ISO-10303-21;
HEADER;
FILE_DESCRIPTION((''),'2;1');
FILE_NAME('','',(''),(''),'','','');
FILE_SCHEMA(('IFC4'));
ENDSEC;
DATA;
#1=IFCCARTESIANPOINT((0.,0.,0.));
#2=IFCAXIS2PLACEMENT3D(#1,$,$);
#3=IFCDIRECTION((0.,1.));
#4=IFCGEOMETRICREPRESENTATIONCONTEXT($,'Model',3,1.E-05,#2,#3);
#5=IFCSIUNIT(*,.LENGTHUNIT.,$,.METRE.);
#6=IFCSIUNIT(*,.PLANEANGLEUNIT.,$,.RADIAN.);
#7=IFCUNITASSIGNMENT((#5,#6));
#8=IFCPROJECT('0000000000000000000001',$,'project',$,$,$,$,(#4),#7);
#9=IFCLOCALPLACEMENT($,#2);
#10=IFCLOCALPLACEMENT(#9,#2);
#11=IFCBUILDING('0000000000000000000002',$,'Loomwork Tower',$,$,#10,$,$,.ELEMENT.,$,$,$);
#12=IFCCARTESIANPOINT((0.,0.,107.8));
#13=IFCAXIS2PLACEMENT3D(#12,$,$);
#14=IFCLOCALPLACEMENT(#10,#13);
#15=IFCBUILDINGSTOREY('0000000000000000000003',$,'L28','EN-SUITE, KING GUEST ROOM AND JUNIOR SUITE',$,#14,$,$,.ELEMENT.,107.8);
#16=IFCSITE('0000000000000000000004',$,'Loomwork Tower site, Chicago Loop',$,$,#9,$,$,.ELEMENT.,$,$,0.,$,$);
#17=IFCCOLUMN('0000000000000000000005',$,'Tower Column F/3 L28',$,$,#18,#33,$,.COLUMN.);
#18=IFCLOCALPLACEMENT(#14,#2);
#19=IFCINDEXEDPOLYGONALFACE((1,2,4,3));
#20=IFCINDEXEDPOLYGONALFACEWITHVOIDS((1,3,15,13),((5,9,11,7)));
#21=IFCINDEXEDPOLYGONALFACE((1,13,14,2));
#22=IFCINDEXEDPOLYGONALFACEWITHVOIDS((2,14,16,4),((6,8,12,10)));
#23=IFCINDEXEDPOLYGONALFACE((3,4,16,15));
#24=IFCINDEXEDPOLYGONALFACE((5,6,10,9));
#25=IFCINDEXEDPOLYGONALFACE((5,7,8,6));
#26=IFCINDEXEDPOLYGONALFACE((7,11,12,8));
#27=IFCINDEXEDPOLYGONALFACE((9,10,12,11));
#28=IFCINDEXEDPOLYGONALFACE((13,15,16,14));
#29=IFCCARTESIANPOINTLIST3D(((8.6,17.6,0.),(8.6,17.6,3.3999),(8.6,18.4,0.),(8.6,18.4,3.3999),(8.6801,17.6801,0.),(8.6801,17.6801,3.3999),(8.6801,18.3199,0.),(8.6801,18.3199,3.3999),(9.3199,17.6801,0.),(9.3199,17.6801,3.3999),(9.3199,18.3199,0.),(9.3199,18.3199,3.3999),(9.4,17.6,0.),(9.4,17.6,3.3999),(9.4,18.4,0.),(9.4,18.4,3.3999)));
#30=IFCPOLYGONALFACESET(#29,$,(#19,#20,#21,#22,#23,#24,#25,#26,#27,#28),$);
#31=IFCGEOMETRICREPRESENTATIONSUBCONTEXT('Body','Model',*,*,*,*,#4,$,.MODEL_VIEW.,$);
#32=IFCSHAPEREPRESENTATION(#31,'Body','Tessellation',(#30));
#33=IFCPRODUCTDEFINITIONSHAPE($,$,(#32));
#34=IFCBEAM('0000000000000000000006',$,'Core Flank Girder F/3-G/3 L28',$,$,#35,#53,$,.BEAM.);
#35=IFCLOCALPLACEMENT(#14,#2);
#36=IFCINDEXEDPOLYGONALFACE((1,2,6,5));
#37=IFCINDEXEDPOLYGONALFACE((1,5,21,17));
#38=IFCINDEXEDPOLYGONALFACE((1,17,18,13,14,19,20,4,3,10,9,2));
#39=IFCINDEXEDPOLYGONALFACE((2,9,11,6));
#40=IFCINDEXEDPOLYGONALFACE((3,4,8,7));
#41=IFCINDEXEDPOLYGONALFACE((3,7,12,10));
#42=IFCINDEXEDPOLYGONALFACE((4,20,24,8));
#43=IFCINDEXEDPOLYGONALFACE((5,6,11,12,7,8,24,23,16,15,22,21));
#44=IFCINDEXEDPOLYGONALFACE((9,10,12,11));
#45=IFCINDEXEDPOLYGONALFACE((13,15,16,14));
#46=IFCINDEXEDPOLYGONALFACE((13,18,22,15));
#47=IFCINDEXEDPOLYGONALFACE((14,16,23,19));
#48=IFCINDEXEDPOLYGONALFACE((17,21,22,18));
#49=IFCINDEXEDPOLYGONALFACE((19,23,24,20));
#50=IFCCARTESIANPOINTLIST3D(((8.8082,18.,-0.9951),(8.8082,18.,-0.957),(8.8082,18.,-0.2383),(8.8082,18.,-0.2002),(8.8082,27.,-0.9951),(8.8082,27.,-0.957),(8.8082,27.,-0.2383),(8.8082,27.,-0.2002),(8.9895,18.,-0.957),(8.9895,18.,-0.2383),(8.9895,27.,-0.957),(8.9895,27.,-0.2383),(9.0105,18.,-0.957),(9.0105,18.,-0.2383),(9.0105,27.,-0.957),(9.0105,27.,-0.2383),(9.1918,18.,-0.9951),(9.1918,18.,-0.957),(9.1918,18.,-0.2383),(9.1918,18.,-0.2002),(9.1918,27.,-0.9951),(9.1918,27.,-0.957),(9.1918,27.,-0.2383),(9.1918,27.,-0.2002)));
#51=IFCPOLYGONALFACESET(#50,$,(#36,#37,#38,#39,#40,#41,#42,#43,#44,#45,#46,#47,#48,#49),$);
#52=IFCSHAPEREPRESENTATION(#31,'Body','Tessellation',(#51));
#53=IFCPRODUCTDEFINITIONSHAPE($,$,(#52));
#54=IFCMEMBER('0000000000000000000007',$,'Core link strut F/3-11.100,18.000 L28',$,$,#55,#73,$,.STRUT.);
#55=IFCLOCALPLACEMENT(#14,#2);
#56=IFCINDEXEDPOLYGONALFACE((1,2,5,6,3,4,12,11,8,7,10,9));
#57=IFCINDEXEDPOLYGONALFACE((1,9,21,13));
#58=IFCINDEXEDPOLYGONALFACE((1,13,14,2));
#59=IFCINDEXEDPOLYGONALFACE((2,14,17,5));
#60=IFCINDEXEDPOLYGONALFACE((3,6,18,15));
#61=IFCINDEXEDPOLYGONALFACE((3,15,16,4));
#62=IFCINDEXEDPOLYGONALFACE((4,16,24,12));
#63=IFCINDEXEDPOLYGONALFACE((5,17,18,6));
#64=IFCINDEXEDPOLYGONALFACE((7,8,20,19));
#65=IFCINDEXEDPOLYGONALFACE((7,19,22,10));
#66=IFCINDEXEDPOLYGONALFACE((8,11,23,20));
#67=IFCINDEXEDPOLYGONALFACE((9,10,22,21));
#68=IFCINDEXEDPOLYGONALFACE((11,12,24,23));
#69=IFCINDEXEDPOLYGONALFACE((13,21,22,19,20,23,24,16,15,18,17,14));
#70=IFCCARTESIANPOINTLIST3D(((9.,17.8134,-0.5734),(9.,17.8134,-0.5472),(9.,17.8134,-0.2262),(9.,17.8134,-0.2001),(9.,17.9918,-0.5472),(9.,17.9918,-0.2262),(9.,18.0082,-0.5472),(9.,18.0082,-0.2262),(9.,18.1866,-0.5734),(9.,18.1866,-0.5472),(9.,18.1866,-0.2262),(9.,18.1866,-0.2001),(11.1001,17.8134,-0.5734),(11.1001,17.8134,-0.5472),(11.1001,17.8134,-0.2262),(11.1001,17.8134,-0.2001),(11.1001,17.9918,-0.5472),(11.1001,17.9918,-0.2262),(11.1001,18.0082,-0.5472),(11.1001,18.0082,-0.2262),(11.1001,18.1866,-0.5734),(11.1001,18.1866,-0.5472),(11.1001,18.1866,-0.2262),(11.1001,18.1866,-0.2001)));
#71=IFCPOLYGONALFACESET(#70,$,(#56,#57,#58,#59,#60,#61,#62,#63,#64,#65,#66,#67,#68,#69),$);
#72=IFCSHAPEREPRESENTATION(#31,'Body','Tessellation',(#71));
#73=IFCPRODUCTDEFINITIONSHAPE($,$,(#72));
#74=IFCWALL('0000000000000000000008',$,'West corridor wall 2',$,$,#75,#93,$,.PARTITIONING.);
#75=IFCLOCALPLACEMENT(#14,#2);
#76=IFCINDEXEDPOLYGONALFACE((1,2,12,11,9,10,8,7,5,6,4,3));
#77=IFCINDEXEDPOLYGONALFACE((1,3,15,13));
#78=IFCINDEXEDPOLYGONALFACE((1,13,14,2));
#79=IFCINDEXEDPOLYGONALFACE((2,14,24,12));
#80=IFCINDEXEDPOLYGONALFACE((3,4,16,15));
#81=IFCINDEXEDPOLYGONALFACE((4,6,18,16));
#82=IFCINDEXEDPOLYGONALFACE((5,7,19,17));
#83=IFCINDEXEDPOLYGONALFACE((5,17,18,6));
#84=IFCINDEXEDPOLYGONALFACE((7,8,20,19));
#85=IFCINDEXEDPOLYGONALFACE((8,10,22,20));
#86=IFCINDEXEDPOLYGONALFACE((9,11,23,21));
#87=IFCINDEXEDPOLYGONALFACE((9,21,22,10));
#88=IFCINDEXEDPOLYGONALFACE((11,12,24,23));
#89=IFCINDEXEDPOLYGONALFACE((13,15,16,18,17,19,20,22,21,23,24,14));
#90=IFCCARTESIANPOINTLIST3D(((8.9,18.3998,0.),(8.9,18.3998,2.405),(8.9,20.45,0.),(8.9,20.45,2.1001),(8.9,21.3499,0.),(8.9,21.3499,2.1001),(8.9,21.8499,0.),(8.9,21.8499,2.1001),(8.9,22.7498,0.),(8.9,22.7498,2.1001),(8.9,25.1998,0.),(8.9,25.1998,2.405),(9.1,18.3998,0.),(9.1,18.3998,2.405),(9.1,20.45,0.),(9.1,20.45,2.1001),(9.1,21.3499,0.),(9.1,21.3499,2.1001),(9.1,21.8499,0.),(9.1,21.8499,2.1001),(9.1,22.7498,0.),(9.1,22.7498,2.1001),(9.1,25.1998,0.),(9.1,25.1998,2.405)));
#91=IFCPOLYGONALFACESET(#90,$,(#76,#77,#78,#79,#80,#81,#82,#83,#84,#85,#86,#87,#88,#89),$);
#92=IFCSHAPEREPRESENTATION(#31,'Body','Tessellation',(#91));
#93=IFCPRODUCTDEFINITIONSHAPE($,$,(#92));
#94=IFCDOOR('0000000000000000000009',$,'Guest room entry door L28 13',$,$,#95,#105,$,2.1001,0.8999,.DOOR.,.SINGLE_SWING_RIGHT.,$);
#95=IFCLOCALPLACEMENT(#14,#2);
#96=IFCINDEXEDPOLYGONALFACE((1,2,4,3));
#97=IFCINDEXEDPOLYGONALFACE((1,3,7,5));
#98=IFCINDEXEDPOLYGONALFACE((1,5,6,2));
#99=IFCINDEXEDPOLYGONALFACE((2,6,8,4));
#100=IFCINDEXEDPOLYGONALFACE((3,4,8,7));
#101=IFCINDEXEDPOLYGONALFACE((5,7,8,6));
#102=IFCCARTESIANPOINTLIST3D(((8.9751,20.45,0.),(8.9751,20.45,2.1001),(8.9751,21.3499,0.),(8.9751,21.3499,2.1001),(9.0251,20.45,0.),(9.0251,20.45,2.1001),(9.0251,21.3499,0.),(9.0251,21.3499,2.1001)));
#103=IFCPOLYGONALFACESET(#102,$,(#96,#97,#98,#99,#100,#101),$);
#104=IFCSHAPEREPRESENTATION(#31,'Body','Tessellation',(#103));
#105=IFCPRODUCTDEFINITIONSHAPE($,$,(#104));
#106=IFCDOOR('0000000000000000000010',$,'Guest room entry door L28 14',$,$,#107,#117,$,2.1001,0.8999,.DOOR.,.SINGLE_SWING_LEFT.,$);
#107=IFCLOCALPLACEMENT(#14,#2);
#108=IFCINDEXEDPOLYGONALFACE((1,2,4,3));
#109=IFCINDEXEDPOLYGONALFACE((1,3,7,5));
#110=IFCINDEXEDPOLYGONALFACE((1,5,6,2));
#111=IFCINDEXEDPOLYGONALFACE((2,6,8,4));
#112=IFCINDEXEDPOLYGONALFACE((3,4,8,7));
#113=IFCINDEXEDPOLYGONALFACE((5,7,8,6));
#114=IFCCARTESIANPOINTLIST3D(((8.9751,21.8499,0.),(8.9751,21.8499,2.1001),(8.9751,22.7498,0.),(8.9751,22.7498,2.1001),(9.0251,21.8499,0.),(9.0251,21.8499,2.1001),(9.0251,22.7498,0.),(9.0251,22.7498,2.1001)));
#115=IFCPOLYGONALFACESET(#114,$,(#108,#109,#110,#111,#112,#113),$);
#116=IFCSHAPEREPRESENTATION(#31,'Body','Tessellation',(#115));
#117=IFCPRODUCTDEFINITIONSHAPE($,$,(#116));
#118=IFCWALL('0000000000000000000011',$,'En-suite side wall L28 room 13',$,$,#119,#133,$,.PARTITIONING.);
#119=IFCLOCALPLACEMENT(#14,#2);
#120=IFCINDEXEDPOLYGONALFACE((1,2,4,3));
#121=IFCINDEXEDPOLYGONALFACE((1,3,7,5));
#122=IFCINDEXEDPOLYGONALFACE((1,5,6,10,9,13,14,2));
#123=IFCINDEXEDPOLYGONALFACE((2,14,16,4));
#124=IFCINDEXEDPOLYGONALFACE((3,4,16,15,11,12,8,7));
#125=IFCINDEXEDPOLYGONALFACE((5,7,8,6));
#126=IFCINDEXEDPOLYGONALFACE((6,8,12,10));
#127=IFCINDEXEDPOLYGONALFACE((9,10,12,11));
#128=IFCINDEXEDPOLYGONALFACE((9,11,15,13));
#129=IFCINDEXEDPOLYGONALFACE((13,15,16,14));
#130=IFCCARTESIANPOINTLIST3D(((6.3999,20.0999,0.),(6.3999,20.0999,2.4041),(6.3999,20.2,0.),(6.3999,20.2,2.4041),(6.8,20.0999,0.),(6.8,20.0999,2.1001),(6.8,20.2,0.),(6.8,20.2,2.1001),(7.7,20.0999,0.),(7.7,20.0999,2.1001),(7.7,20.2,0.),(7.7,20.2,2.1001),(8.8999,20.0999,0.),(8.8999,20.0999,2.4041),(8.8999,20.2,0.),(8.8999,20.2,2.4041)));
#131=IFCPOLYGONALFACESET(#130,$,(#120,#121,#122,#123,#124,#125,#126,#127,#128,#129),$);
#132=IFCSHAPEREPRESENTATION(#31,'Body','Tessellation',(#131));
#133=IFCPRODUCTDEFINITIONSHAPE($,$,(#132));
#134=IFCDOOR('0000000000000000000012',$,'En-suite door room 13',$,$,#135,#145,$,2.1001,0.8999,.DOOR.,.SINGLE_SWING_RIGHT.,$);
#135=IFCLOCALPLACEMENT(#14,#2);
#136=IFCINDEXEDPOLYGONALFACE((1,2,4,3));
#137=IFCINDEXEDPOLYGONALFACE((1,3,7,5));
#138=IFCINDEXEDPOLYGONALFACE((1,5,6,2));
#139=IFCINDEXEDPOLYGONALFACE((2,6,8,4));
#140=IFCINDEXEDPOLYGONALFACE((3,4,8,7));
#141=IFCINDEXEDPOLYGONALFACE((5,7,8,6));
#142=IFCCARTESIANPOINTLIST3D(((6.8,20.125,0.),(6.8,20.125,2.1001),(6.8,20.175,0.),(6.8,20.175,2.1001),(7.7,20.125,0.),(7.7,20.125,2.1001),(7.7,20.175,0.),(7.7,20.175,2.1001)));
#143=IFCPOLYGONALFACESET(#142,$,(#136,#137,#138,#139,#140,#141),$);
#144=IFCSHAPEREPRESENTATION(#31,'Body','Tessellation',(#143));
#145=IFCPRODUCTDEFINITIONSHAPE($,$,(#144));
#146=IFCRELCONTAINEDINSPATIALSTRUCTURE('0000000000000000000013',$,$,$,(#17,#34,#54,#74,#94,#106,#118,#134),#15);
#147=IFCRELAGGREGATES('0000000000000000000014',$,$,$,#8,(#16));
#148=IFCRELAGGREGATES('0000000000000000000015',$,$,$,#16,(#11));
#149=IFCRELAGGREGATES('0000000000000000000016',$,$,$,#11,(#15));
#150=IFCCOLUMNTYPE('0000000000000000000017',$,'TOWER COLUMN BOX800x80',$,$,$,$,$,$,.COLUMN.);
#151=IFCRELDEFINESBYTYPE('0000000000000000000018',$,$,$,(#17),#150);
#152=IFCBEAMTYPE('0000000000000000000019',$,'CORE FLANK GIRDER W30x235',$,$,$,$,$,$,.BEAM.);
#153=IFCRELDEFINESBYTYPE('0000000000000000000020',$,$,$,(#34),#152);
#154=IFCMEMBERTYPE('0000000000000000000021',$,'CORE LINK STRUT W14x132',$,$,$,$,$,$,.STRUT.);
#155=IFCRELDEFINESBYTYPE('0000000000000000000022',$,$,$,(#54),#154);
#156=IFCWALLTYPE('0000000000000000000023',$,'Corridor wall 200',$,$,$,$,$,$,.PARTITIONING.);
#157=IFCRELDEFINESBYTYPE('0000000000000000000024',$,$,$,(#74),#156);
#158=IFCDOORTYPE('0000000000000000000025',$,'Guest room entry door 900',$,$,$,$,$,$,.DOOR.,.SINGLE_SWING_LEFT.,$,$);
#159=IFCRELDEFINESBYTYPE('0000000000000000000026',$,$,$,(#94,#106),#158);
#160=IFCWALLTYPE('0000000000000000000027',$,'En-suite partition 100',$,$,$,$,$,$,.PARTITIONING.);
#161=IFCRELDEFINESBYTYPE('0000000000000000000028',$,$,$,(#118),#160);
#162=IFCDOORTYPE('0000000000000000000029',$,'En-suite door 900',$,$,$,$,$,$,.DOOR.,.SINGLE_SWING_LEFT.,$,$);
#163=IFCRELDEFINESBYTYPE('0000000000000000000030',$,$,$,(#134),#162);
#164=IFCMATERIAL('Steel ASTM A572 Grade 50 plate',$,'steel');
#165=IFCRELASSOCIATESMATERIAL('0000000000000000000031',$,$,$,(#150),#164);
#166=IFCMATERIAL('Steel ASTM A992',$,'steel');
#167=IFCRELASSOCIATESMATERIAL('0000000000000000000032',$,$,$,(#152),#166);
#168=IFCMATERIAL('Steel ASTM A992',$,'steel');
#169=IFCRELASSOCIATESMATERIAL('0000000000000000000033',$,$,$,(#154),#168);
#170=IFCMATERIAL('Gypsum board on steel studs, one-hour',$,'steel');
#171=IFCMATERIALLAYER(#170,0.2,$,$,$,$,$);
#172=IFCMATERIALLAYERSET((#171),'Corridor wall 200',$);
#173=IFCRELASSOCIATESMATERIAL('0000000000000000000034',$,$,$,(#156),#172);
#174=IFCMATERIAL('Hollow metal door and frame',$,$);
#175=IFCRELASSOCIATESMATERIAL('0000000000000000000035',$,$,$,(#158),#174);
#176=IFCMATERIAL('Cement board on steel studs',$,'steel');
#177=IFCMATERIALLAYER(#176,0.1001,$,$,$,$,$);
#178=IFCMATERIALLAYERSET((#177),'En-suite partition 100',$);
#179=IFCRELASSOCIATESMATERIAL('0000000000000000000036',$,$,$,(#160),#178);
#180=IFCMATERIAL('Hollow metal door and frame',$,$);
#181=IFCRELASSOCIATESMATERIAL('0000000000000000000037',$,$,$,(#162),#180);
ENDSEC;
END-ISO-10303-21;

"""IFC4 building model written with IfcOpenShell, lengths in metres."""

from ifc_helpers import new_model, si_unit, direction, frame, frame_2d, origin, origin_2d, place, context, subcontext, project, spatial, rectangle, hollow_rectangle, i_section, extrude, material, layer, layer_set, material_profile, profile_set, type_object, element, fill, save


model = new_model("IFC4")

# Units and contexts
model_context = context("Model", 3, precision=1e-05, world=origin(), true_north=direction((0.0, 1.0)))
body_context = subcontext(model_context, "Body", "Model", "MODEL_VIEW")
ifc_project = project(units=[si_unit("LENGTHUNIT", "METRE"), si_unit("PLANEANGLEUNIT", "RADIAN")], contexts=[model_context])

# Site, building, storey
site_placement = place(None, origin())
site = spatial("IfcSite", under=ifc_project, at=site_placement, Name="Loomwork Tower site, Chicago Loop", CompositionType="ELEMENT", RefElevation=0.0)
building_placement = place(site_placement, origin())
building = spatial("IfcBuilding", under=site, at=building_placement, Name="Loomwork Tower", CompositionType="ELEMENT")
storey_placement = place(building_placement, frame((0.0, 0.0, 107.8)))
storey = spatial("IfcBuildingStorey", under=building, at=storey_placement, Name="L28", Description="EN-SUITE, KING GUEST ROOM AND JUNIOR SUITE", CompositionType="ELEMENT", Elevation=107.8)

# Column
ifc_material_1 = material(Name="Steel ASTM A572 Grade 50 plate", Category="steel")
ifc_material_profile_1 = material_profile(ifc_material_1, hollow_rectangle(XDim=0.8, YDim=0.8, WallThickness=0.0801, at=origin_2d()), Name="BOX800x80")
ifc_profile_set_1 = profile_set([ifc_material_profile_1], Name="Steel ASTM A572 Grade 50 plate")
column_type = type_object("IfcColumnType", Name="TOWER COLUMN BOX800x80", PredefinedType="COLUMN", material=ifc_profile_set_1)
column_placement = place(storey_placement, frame((9.0, 18.0, 0.0), z_axis=(0.0, 0.0, 1.0), x_axis=(1.0, 0.0, 0.0)))
element("IfcColumn", 1, at=column_placement, inside=storey, type_object=column_type, Name="Tower Column F/3 L28", PredefinedType="COLUMN", context=body_context, shape_type="SweptSolid", body=[
    extrude(hollow_rectangle(XDim=0.8, YDim=0.8, WallThickness=0.0801, at=origin_2d()), origin(), (0.0, 0.0, 1.0), 3.3999),
])

# Beam
ifc_material_2 = material(Name="Steel ASTM A992", Category="steel")
ifc_material_profile_2 = material_profile(ifc_material_2, i_section(OverallWidth=0.3835, OverallDepth=0.7949, WebThickness=0.021, FlangeThickness=0.0381, at=origin_2d()), Name="W30x235")
ifc_profile_set_2 = profile_set([ifc_material_profile_2], Name="Steel ASTM A992")
beam_type = type_object("IfcBeamType", Name="CORE FLANK GIRDER W30x235", PredefinedType="BEAM", material=ifc_profile_set_2)
beam_placement = place(storey_placement, frame((9.0, 18.0, -0.5977), z_axis=(0.0, 1.0, 0.0), x_axis=(-1.0, 0.0, 0.0)))
element("IfcBeam", 2, at=beam_placement, inside=storey, type_object=beam_type, Name="Core Flank Girder F/3-G/3 L28", PredefinedType="BEAM", context=body_context, shape_type="SweptSolid", body=[
    extrude(i_section(OverallWidth=0.3835, OverallDepth=0.7949, WebThickness=0.021, FlangeThickness=0.0381, at=origin_2d()), origin(), (0.0, 0.0, 1.0), 9.0),
])

# Member
ifc_material_3 = material(Name="Steel ASTM A992", Category="steel")
ifc_material_profile_3 = material_profile(ifc_material_3, i_section(OverallWidth=0.3733, OverallDepth=0.3733, WebThickness=0.0164, FlangeThickness=0.0261, at=origin_2d()), Name="W14x132")
ifc_profile_set_3 = profile_set([ifc_material_profile_3], Name="Steel ASTM A992")
member_type = type_object("IfcMemberType", Name="CORE LINK STRUT W14x132", PredefinedType="STRUT", material=ifc_profile_set_3)
member_placement = place(storey_placement, frame((9.0, 18.0, -0.3867), z_axis=(1.0, 0.0, 0.0), x_axis=(0.0, 1.0, 0.0)))
element("IfcMember", 3, at=member_placement, inside=storey, type_object=member_type, Name="Core link strut F/3-11.100,18.000 L28", PredefinedType="STRUT", context=body_context, shape_type="SweptSolid", body=[
    extrude(i_section(OverallWidth=0.3733, OverallDepth=0.3733, WebThickness=0.0164, FlangeThickness=0.0261, at=origin_2d()), origin(), (0.0, 0.0, 1.0), 2.1001),
])

# Wall, openings, doors
ifc_material_4 = material(Name="Gypsum board on steel studs, one-hour", Category="steel")
ifc_layer_1 = layer(ifc_material_4, 0.2)
ifc_layer_set_1 = layer_set([ifc_layer_1], Name="Corridor wall 200")
wall_type_1 = type_object("IfcWallType", Name="Corridor wall 200", PredefinedType="PARTITIONING", material=ifc_layer_set_1)
wall_1_placement = place(storey_placement, frame((9.0, 18.3999, 0.0), z_axis=(0.0, 0.0, 1.0), x_axis=(0.0, 1.0, 0.0)))
wall_1 = element("IfcWall", 4, at=wall_1_placement, inside=storey, type_object=wall_type_1, Name="West corridor wall 2", PredefinedType="PARTITIONING", context=body_context, shape_type="SweptSolid", body=[
    extrude(rectangle(XDim=6.8, YDim=0.2, at=frame_2d((3.3999, 0.0))), origin(), (0.0, 0.0, 1.0), 2.405),
])
opening_1_placement = place(wall_1_placement, frame((2.05, 0.0, 0.0)))
opening_1 = element("IfcOpeningElement", 5, at=opening_1_placement, cuts=wall_1, PredefinedType="OPENING", context=body_context, shape_type="SweptSolid", body=[
    extrude(rectangle(XDim=0.8999, YDim=2.1001, at=frame_2d((0.45, 1.05))), frame((0.0, 0.1099, 0.0), z_axis=(0.0, -1.0, 0.0), x_axis=(1.0, 0.0, 0.0)), (0.0, 0.0, 1.0), 0.22),
])
opening_2_placement = place(wall_1_placement, frame((3.45, 0.0, 0.0)))
opening_2 = element("IfcOpeningElement", 6, at=opening_2_placement, cuts=wall_1, PredefinedType="OPENING", context=body_context, shape_type="SweptSolid", body=[
    extrude(rectangle(XDim=0.8999, YDim=2.1001, at=frame_2d((0.45, 1.05))), frame((0.0, 0.1099, 0.0), z_axis=(0.0, -1.0, 0.0), x_axis=(1.0, 0.0, 0.0)), (0.0, 0.0, 1.0), 0.22),
])
ifc_material_5 = material(Name="Hollow metal door and frame")
door_type_1 = type_object("IfcDoorType", Name="Guest room entry door 900", OperationType="SINGLE_SWING_LEFT", PredefinedType="DOOR", material=ifc_material_5)
door_1_placement = place(opening_1_placement, origin())
door_1 = element("IfcDoor", 7, at=door_1_placement, inside=storey, type_object=door_type_1, Name="Guest room entry door L28 13", OperationType="SINGLE_SWING_RIGHT", OverallHeight=2.1001, OverallWidth=0.8999, PredefinedType="DOOR", context=body_context, shape_type="SweptSolid", body=[
    extrude(rectangle(XDim=0.8999, YDim=2.1001, at=frame_2d((0.45, 1.05))), frame((0.0, 0.0249, 0.0), z_axis=(0.0, -1.0, 0.0), x_axis=(1.0, 0.0, 0.0)), (0.0, 0.0, 1.0), 0.05),
])
fill(opening_1, door_1)
door_2_placement = place(opening_2_placement, origin())
door_2 = element("IfcDoor", 8, at=door_2_placement, inside=storey, type_object=door_type_1, Name="Guest room entry door L28 14", OperationType="SINGLE_SWING_LEFT", OverallHeight=2.1001, OverallWidth=0.8999, PredefinedType="DOOR", context=body_context, shape_type="SweptSolid", body=[
    extrude(rectangle(XDim=0.8999, YDim=2.1001, at=frame_2d((0.45, 1.05))), frame((0.0, 0.0249, 0.0), z_axis=(0.0, -1.0, 0.0), x_axis=(1.0, 0.0, 0.0)), (0.0, 0.0, 1.0), 0.05),
])
fill(opening_2, door_2)

# Wall, opening, door
ifc_material_6 = material(Name="Cement board on steel studs", Category="steel")
ifc_layer_2 = layer(ifc_material_6, 0.1001)
ifc_layer_set_2 = layer_set([ifc_layer_2], Name="En-suite partition 100")
wall_type_2 = type_object("IfcWallType", Name="En-suite partition 100", PredefinedType="PARTITIONING", material=ifc_layer_set_2)
wall_2_placement = place(storey_placement, frame((8.8999, 20.1499, 0.0), z_axis=(0.0, 0.0, 1.0), x_axis=(-1.0, 0.0, 0.0)))
wall_2 = element("IfcWall", 9, at=wall_2_placement, inside=storey, type_object=wall_type_2, Name="En-suite side wall L28 room 13", PredefinedType="PARTITIONING", context=body_context, shape_type="SweptSolid", body=[
    extrude(rectangle(XDim=2.5, YDim=0.1001, at=frame_2d((1.25, 0.0))), origin(), (0.0, 0.0, 1.0), 2.4041),
])
opening_3_placement = place(wall_2_placement, frame((1.2, 0.0, 0.0)))
opening_3 = element("IfcOpeningElement", 10, at=opening_3_placement, cuts=wall_2, PredefinedType="OPENING", context=body_context, shape_type="SweptSolid", body=[
    extrude(rectangle(XDim=0.8999, YDim=2.1001, at=frame_2d((0.45, 1.05))), frame((0.0, 0.0601, 0.0), z_axis=(0.0, -1.0, 0.0), x_axis=(1.0, 0.0, 0.0)), (0.0, 0.0, 1.0), 0.1201),
])
ifc_material_7 = material(Name="Hollow metal door and frame")
door_type_2 = type_object("IfcDoorType", Name="En-suite door 900", OperationType="SINGLE_SWING_LEFT", PredefinedType="DOOR", material=ifc_material_7)
door_3_placement = place(opening_3_placement, origin())
door_3 = element("IfcDoor", 11, at=door_3_placement, inside=storey, type_object=door_type_2, Name="En-suite door room 13", OperationType="SINGLE_SWING_RIGHT", OverallHeight=2.1001, OverallWidth=0.8999, PredefinedType="DOOR", context=body_context, shape_type="SweptSolid", body=[
    extrude(rectangle(XDim=0.8999, YDim=2.1001, at=frame_2d((0.45, 1.05))), frame((0.0, 0.0249, 0.0), z_axis=(0.0, -1.0, 0.0), x_axis=(1.0, 0.0, 0.0)), (0.0, 0.0, 1.0), 0.05),
])
fill(opening_3, door_3)

save(model, "model.ifc")
